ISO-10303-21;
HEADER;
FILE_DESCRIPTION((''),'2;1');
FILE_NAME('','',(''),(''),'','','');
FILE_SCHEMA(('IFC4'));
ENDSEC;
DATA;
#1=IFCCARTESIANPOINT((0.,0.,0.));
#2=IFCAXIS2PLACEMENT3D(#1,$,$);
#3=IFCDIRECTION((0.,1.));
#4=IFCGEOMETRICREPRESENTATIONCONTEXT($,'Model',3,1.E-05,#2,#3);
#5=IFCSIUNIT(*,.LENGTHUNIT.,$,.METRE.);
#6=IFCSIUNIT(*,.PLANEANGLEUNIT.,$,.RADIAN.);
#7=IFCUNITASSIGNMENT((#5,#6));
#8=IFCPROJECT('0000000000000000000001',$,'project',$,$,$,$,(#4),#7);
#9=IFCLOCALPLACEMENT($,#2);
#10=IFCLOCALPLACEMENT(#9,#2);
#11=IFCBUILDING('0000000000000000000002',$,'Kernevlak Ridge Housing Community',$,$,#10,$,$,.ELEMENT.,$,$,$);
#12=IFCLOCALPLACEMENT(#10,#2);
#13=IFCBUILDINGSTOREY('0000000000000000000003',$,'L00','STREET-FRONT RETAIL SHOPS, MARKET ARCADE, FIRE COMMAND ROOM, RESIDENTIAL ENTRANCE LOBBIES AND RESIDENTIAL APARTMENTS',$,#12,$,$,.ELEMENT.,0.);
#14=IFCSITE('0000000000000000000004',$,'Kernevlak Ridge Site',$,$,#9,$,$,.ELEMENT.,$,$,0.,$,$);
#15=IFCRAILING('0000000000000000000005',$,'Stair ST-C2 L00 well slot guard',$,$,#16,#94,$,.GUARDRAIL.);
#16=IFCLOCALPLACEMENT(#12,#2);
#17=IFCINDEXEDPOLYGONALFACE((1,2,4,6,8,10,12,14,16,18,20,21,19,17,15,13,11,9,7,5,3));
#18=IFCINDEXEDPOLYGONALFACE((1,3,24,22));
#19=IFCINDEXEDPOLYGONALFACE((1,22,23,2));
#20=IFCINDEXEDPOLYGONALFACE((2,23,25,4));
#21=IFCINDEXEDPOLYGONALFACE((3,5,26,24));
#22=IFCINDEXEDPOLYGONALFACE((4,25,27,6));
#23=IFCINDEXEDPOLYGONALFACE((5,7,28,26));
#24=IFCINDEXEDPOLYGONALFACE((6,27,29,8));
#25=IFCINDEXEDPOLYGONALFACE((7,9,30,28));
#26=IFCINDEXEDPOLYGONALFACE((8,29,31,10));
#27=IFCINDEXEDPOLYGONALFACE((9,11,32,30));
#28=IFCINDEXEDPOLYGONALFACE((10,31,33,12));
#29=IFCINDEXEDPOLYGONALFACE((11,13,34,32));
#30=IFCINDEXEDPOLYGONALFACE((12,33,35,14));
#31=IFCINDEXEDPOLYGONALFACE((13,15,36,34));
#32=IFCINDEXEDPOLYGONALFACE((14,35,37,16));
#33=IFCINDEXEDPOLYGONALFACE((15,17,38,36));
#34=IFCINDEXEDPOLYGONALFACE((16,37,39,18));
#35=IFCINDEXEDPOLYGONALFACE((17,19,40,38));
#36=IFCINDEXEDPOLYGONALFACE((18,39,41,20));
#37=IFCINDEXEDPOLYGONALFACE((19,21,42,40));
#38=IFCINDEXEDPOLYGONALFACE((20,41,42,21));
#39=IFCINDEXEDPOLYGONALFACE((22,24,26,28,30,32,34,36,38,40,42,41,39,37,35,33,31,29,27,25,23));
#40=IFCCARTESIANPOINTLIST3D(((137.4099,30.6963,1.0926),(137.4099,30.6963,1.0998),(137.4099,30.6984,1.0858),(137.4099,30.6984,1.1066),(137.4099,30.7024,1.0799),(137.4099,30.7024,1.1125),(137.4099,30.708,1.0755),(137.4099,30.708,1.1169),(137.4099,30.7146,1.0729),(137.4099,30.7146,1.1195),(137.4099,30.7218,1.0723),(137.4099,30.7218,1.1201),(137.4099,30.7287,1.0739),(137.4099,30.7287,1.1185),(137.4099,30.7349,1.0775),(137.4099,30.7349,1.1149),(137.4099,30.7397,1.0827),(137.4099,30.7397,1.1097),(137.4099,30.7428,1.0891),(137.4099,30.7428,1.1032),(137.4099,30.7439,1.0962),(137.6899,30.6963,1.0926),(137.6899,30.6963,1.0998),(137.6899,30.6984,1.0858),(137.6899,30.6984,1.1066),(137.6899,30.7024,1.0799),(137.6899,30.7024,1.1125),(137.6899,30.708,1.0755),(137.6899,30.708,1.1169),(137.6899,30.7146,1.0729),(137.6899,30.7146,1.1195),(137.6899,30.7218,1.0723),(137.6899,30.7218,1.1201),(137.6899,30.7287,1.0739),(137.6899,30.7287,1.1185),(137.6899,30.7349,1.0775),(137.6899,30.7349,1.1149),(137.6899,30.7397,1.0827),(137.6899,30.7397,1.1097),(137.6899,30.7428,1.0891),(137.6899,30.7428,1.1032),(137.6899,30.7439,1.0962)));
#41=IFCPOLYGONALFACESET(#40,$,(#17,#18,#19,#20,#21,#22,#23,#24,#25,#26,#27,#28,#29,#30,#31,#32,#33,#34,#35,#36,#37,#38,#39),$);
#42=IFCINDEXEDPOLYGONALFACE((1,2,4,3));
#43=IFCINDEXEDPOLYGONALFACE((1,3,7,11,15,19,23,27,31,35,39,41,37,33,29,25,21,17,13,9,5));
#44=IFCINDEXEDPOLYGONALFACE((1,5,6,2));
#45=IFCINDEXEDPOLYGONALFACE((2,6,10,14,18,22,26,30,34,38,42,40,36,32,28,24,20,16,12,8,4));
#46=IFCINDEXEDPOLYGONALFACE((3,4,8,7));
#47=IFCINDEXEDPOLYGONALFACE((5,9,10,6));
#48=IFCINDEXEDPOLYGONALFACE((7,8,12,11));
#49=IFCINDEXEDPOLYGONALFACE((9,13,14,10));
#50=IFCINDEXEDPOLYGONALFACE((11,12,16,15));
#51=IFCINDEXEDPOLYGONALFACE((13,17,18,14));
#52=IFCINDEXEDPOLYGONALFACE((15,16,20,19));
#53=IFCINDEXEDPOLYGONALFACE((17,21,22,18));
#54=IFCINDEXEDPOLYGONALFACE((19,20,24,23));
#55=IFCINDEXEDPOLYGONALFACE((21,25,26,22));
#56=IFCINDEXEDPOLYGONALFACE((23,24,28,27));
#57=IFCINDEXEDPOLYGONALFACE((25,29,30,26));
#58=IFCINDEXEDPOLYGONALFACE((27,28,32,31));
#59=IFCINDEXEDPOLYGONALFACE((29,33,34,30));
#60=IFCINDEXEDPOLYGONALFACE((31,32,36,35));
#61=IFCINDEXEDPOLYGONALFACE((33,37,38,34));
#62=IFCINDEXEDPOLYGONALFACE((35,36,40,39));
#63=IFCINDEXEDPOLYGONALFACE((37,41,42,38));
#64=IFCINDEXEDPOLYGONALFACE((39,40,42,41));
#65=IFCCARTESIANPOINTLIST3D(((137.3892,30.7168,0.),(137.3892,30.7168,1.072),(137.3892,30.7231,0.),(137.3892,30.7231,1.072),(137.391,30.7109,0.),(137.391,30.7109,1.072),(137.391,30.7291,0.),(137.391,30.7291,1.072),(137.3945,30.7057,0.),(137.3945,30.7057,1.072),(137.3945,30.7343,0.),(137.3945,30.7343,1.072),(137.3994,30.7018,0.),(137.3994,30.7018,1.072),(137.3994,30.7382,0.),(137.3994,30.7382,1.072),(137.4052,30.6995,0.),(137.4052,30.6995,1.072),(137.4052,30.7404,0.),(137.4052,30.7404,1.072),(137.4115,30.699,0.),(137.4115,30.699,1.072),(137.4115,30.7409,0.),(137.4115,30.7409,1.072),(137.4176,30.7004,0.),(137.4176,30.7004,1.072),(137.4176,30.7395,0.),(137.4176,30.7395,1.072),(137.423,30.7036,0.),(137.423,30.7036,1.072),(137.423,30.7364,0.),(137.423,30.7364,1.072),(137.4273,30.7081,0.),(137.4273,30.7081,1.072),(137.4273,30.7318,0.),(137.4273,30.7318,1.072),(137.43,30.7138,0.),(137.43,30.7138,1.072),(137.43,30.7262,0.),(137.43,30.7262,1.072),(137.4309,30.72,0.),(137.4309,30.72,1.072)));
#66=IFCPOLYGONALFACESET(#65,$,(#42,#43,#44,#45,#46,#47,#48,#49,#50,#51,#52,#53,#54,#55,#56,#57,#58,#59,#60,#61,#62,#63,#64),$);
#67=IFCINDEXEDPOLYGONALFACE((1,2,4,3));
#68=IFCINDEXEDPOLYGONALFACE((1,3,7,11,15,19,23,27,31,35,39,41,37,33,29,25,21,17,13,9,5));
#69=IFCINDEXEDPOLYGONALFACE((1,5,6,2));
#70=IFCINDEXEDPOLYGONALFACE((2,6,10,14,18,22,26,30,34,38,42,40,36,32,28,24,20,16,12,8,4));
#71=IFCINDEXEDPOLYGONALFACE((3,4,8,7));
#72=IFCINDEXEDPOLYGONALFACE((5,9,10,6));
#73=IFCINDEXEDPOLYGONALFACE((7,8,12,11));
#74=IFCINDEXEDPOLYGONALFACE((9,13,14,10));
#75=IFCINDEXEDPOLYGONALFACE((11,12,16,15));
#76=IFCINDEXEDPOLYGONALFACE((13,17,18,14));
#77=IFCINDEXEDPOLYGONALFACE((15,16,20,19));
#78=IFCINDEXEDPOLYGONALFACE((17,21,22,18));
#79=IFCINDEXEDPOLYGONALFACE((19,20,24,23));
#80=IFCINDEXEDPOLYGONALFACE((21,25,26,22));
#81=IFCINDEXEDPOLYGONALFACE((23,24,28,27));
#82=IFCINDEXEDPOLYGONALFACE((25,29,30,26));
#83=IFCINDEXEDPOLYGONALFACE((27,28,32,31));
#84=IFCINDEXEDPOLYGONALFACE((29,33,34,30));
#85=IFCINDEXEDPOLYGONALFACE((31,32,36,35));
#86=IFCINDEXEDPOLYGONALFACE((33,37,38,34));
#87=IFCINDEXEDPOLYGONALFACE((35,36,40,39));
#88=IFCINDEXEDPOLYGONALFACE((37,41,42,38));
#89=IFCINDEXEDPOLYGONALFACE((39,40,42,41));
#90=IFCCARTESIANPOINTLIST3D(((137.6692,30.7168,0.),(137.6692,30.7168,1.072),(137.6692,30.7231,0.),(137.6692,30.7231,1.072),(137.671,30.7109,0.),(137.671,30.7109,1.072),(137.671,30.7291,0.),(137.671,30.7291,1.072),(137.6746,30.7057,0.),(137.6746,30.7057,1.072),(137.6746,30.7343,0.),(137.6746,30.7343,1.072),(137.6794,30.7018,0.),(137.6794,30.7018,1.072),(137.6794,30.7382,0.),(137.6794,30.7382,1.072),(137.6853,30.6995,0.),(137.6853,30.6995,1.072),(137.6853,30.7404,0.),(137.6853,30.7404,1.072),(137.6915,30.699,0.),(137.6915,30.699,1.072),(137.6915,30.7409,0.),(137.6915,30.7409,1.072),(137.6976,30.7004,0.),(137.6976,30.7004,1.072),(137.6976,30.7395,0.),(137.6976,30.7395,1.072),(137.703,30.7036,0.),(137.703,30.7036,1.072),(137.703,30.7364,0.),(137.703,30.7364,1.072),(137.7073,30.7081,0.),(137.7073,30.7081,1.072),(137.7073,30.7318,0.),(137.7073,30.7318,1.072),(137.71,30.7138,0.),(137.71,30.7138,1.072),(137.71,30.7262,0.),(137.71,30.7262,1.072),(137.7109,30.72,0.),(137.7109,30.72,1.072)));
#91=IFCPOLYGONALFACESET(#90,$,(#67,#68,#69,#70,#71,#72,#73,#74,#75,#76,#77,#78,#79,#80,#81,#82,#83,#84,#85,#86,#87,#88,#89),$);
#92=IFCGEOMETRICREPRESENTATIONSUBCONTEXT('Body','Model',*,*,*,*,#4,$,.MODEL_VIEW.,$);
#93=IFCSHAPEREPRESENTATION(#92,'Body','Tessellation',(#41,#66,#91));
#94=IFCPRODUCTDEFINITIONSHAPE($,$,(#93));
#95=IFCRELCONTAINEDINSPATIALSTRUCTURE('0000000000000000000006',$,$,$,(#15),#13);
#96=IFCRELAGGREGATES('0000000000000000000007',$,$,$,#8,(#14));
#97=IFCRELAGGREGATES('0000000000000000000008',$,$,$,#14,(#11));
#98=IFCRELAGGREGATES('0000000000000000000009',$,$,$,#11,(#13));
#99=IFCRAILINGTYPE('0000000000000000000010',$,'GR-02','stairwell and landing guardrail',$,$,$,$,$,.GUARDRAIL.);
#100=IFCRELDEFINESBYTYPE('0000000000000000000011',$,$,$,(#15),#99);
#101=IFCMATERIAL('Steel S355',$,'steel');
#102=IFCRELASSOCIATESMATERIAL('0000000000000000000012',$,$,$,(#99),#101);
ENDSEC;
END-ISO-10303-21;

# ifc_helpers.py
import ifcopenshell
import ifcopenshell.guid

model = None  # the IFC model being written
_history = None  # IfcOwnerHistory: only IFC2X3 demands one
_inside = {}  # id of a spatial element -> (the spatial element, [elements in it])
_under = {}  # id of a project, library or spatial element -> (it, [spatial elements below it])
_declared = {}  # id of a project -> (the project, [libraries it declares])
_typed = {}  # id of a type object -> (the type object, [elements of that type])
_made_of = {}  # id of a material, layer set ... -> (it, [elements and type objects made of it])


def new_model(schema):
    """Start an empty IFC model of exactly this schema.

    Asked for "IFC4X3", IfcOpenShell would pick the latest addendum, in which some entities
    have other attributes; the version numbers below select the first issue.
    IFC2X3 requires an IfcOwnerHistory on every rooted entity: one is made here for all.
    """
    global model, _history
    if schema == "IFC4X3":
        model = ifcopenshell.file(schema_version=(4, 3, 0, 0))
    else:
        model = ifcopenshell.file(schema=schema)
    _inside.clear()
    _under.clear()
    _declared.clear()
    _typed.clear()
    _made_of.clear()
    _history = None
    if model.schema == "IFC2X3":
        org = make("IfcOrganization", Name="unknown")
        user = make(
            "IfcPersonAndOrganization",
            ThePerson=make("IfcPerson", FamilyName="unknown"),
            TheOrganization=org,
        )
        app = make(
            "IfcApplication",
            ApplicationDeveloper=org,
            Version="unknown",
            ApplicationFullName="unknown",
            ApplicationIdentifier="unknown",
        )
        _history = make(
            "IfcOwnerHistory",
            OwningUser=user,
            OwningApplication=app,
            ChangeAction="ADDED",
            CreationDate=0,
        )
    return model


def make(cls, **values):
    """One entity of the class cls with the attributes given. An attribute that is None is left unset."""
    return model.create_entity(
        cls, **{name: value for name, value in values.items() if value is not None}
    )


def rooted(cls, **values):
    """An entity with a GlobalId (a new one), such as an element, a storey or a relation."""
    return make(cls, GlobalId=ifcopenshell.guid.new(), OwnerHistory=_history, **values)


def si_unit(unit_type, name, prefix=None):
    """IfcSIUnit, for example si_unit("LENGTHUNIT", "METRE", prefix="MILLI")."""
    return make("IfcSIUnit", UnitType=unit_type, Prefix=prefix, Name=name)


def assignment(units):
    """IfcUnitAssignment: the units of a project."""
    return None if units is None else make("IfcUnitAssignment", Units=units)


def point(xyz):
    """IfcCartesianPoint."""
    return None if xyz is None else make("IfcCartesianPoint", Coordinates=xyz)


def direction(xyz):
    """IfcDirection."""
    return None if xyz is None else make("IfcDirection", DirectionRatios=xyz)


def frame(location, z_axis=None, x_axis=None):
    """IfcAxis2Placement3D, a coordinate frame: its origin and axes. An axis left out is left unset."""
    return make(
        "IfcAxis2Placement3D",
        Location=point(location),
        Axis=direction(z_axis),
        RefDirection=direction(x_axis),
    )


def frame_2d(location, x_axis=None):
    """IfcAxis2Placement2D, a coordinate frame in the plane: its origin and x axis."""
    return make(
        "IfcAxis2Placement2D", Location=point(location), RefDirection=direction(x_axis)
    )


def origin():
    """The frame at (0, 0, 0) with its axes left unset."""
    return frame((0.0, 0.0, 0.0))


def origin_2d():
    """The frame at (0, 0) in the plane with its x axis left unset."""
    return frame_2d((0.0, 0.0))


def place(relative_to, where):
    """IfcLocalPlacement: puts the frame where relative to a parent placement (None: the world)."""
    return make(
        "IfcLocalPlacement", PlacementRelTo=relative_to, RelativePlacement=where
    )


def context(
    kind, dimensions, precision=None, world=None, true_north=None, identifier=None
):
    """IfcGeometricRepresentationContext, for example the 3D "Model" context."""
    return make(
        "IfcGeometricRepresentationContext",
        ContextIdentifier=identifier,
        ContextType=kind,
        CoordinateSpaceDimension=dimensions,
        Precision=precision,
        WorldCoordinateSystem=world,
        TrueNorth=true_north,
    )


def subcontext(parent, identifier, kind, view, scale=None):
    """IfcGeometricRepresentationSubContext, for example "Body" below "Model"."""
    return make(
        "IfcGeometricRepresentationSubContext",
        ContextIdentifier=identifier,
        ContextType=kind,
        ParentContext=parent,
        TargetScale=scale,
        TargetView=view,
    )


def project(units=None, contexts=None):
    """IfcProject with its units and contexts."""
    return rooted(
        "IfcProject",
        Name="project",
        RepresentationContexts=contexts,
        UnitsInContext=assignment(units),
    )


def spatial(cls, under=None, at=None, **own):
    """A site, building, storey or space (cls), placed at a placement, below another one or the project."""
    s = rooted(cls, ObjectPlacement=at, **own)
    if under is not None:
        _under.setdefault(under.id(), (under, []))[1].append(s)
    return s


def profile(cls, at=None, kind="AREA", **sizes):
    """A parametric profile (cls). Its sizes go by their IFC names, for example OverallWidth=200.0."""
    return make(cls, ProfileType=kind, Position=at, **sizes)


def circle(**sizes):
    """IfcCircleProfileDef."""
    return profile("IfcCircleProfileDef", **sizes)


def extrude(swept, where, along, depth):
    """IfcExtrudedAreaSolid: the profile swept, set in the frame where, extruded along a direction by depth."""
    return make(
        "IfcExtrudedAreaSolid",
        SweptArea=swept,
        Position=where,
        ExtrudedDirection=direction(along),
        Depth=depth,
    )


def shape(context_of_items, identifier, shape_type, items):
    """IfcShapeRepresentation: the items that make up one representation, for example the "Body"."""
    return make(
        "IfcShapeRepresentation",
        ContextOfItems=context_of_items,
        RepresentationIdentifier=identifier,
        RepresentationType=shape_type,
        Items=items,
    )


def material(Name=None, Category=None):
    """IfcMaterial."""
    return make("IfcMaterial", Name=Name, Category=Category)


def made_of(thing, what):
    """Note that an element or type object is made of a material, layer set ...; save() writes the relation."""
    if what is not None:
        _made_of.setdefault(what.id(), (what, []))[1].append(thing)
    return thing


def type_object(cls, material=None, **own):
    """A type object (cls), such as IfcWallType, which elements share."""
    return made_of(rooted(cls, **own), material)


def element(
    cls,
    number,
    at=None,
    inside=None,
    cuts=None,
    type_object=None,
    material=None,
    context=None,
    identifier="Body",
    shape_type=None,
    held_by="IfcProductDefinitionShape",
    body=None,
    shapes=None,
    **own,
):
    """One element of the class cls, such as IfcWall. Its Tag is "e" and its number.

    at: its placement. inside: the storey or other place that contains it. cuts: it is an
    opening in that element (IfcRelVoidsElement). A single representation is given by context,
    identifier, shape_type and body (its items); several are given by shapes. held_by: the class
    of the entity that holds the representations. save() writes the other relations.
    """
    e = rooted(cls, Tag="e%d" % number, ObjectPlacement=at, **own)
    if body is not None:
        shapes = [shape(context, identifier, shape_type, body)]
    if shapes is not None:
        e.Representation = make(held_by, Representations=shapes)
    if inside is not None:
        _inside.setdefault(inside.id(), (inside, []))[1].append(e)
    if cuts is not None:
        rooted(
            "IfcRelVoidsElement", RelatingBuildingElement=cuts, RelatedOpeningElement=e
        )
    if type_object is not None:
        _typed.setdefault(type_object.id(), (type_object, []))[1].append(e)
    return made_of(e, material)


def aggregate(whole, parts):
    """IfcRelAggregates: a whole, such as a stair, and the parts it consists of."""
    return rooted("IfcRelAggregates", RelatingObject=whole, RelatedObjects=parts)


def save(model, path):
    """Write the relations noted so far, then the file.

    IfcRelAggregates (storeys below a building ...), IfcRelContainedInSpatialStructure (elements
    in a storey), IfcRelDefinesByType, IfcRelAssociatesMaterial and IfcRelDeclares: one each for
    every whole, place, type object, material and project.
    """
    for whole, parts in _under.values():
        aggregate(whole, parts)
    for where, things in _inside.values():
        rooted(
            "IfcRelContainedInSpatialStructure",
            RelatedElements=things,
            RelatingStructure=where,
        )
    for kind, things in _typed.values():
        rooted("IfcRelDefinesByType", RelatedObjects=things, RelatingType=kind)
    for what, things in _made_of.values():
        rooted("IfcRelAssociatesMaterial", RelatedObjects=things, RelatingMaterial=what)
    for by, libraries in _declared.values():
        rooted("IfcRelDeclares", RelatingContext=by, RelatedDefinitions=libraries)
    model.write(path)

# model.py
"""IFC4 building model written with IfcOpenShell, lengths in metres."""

from ifc_helpers import new_model, si_unit, direction, frame, origin, origin_2d, place, context, subcontext, project, spatial, circle, extrude, material, type_object, element, save


model = new_model("IFC4")

# Units and contexts
model_context = context("Model", 3, precision=1e-05, world=origin(), true_north=direction((0.0, 1.0)))
body_context = subcontext(model_context, "Body", "Model", "MODEL_VIEW")
ifc_project = project(units=[si_unit("LENGTHUNIT", "METRE"), si_unit("PLANEANGLEUNIT", "RADIAN")], contexts=[model_context])

# Site, building, storey
site_placement = place(None, origin())
site = spatial("IfcSite", under=ifc_project, at=site_placement, Name="Kernevlak Ridge Site", CompositionType="ELEMENT", RefElevation=0.0)
building_placement = place(site_placement, origin())
building = spatial("IfcBuilding", under=site, at=building_placement, Name="Kernevlak Ridge Housing Community", CompositionType="ELEMENT")
storey_placement = place(building_placement, origin())
storey = spatial("IfcBuildingStorey", under=building, at=storey_placement, Name="L00", Description="STREET-FRONT RETAIL SHOPS, MARKET ARCADE, FIRE COMMAND ROOM, RESIDENTIAL ENTRANCE LOBBIES AND RESIDENTIAL APARTMENTS", CompositionType="ELEMENT", Elevation=0.0)

# Railing
ifc_material_1 = material(Name="Steel S355", Category="steel")
railing_type_1 = type_object("IfcRailingType", Name="GR-02", Description="stairwell and landing guardrail", PredefinedType="GUARDRAIL", material=ifc_material_1)
railing_1_placement = place(storey_placement, frame((137.4099, 30.72, 0.0)))
element("IfcRailing", 1, at=railing_1_placement, inside=storey, type_object=railing_type_1, Name="Stair ST-C2 L00 well slot guard", PredefinedType="GUARDRAIL", context=body_context, shape_type="SweptSolid", body=[
    extrude(circle(Radius=0.0239, at=origin_2d()), frame((0.0, 0.0, 1.0962), z_axis=(1.0, 0.0, 0.0), x_axis=(0.0, 1.0, 0.0)), (0.0, 0.0, 1.0), 0.28),
    extrude(circle(Radius=0.021, at=origin_2d()), origin(), (0.0, 0.0, 1.0), 1.072),
    extrude(circle(Radius=0.021, at=origin_2d()), frame((0.28, 0.0, 0.0)), (0.0, 0.0, 1.0), 1.072),
])

save(model, "model.ifc")
